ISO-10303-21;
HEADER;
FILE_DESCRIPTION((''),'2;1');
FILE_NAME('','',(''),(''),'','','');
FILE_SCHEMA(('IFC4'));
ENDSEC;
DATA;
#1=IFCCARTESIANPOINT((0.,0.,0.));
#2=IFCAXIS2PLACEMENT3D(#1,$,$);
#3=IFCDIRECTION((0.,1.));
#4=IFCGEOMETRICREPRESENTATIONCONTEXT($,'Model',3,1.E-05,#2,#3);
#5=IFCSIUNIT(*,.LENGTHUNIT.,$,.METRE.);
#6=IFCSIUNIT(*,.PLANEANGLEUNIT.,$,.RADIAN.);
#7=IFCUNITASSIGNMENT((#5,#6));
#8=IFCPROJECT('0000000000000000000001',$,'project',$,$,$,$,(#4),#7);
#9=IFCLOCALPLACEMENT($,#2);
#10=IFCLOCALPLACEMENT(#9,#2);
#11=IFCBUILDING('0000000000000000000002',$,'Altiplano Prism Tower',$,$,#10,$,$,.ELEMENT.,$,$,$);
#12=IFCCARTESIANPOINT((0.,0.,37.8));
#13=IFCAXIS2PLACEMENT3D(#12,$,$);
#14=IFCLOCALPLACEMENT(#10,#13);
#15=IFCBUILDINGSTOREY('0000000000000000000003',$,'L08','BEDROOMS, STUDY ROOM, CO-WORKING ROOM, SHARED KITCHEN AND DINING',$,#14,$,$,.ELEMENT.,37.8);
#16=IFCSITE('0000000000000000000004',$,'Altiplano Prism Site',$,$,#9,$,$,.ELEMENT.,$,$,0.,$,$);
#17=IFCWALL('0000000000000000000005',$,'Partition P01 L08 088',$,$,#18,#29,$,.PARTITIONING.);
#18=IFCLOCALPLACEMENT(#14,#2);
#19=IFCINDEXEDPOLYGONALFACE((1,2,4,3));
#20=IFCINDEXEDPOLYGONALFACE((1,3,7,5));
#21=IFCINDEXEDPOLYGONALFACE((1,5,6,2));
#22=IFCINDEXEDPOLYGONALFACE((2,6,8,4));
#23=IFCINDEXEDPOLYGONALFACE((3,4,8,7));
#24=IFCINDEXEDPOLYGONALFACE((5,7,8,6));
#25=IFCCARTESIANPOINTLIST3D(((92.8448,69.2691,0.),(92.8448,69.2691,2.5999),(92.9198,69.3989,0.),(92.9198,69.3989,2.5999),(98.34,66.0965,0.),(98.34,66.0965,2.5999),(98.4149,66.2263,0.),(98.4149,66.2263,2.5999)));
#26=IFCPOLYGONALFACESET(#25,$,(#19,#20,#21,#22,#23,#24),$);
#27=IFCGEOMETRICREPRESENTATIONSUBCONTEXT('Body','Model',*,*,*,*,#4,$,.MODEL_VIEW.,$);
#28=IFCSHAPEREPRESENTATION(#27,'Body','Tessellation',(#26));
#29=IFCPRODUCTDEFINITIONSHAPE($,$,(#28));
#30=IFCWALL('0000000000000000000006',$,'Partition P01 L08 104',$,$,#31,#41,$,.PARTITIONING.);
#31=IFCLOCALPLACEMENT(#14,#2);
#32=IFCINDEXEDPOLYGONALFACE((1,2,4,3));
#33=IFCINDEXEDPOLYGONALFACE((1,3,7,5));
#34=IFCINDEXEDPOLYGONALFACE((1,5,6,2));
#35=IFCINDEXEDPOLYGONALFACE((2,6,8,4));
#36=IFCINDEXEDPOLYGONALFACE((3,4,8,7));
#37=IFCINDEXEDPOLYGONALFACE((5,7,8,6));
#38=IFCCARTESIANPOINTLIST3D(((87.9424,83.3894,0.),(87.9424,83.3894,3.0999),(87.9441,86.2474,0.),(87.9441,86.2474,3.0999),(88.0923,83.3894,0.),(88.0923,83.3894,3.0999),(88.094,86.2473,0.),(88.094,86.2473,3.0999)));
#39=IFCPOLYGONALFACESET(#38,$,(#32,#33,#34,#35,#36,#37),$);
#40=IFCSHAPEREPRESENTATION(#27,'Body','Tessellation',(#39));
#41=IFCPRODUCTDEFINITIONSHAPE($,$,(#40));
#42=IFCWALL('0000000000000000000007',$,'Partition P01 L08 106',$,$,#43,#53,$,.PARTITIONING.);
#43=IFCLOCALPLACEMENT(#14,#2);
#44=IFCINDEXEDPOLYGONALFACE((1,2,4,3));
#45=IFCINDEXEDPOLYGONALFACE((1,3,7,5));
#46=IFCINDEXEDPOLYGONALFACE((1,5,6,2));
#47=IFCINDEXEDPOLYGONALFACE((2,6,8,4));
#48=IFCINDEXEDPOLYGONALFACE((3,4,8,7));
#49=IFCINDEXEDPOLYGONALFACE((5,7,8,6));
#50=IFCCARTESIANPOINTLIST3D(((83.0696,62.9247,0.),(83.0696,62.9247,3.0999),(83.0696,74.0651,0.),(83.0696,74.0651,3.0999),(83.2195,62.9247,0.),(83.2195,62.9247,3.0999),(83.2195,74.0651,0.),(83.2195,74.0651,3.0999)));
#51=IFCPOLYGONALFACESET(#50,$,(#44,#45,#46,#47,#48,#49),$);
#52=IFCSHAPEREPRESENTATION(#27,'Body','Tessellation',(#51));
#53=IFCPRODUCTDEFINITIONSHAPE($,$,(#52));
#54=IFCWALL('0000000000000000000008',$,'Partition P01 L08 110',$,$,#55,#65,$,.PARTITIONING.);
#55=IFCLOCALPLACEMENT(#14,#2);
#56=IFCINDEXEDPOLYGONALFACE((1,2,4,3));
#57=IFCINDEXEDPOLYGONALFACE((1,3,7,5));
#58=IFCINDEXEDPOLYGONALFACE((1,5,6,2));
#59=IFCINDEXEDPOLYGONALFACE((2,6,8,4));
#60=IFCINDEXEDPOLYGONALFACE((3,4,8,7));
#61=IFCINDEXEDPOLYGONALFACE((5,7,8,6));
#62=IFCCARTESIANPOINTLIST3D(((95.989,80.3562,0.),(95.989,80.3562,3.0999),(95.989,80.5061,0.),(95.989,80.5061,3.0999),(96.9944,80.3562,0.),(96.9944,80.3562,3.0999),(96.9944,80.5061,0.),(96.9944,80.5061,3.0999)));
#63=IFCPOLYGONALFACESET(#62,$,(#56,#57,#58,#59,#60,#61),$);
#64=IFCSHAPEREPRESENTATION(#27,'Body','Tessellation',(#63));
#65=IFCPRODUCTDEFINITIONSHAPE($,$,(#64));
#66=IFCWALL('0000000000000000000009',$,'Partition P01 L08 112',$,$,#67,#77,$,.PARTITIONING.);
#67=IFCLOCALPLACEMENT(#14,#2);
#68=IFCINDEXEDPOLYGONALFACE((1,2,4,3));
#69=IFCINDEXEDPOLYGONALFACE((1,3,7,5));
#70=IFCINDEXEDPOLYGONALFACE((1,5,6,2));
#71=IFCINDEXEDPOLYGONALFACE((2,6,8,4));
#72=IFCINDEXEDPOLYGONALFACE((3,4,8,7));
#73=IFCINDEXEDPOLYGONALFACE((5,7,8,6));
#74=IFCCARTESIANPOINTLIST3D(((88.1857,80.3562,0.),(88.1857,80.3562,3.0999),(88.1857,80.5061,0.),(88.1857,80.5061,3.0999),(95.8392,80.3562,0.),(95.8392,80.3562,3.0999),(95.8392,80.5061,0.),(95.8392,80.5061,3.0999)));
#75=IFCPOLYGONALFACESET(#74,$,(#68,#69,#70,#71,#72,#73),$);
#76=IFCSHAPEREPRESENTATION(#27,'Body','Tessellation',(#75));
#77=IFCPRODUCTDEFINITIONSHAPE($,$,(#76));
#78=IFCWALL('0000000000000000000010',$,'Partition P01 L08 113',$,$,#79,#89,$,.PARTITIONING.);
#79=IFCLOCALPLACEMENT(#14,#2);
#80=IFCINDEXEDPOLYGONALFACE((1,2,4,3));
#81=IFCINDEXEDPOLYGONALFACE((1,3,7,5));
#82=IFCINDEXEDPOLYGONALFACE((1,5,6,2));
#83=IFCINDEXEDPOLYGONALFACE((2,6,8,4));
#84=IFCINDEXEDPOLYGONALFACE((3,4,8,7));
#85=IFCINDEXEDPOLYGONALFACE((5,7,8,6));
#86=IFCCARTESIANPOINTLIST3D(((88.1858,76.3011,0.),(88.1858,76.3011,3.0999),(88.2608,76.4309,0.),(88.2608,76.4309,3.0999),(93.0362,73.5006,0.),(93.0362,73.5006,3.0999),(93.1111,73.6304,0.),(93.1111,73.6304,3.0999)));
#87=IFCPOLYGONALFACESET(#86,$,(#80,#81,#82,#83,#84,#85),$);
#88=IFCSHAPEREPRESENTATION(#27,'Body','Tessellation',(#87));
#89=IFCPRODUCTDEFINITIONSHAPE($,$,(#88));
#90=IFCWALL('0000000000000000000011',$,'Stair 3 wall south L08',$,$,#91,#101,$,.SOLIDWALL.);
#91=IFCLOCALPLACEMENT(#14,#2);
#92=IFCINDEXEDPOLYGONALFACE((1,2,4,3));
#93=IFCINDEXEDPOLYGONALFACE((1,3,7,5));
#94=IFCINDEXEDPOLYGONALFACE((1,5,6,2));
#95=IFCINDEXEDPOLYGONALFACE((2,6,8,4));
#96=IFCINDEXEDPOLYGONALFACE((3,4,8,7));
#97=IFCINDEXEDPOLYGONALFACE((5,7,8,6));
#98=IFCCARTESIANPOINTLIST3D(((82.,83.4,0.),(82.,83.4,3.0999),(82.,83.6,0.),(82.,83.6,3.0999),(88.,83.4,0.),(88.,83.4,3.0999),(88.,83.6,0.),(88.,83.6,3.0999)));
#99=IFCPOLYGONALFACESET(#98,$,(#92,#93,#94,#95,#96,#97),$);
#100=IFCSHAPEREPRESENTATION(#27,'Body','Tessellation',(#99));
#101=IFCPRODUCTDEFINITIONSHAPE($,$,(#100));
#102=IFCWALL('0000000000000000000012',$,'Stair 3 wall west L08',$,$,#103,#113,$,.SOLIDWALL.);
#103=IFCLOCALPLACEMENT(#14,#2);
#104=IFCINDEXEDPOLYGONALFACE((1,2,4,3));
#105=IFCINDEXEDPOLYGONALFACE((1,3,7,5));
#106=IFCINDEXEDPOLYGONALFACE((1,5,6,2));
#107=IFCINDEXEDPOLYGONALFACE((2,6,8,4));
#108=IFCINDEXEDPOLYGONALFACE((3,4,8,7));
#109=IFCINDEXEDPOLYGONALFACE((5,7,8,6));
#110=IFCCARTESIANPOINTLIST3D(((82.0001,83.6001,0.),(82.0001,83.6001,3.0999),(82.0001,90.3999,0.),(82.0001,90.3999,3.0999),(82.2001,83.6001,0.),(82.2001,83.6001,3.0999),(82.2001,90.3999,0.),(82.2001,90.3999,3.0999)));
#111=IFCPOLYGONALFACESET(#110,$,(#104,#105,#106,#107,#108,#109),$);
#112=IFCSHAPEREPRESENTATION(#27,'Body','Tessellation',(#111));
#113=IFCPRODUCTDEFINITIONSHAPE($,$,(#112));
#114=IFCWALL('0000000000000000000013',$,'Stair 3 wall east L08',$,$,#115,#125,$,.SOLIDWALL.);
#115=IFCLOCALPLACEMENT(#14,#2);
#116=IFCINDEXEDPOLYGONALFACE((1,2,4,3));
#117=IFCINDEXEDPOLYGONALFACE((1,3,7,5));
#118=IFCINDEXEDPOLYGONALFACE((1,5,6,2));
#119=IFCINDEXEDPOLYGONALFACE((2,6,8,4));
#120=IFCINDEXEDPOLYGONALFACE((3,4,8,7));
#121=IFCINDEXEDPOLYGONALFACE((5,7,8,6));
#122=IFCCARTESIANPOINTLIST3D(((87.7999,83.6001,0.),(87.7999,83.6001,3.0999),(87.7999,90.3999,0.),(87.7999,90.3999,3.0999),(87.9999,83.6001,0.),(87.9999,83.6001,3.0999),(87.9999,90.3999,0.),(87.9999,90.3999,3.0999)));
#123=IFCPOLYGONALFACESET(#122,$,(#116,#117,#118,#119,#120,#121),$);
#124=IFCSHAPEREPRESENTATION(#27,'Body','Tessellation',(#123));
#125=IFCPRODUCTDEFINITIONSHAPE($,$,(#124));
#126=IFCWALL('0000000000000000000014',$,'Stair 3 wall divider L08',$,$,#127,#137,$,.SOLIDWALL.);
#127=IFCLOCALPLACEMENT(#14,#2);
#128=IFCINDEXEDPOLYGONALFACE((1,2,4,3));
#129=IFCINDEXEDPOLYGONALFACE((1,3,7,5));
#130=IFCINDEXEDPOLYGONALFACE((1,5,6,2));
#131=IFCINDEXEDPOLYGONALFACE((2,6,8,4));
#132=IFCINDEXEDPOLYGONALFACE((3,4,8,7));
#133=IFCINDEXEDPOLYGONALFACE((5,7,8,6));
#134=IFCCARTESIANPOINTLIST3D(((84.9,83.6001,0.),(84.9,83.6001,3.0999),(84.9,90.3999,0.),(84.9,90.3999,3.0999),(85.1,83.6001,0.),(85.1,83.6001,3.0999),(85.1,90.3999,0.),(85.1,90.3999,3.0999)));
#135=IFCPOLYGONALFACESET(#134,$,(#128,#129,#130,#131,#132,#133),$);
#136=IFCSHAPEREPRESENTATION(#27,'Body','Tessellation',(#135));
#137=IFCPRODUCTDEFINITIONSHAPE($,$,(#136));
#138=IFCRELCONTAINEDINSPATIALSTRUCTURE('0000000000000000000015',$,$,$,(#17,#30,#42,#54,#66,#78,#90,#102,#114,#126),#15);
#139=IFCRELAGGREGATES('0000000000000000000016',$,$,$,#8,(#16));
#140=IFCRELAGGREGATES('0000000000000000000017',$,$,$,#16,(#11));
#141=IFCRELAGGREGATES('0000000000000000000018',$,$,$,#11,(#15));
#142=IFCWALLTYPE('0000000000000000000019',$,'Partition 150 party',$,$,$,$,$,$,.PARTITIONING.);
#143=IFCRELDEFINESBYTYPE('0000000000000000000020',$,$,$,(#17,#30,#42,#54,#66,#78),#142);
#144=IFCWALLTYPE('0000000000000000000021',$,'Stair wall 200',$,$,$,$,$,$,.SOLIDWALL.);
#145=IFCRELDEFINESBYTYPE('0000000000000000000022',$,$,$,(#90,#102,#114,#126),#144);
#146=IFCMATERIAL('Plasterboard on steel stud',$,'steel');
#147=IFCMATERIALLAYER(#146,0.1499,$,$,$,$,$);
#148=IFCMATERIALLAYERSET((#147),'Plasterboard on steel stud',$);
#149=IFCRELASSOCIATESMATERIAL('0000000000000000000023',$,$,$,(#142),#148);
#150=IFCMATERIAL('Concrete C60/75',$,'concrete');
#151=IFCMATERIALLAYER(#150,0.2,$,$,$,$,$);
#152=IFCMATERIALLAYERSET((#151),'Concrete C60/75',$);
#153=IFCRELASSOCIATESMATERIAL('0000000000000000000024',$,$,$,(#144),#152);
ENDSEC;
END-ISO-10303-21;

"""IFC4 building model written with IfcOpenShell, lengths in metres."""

from ifc_helpers import new_model, si_unit, direction, frame, frame_2d, origin, place, context, subcontext, project, spatial, rectangle, extrude, material, layer, layer_set, type_object, element, save


model = new_model("IFC4")

# Units and contexts
model_context = context("Model", 3, precision=1e-05, world=origin(), true_north=direction((0.0, 1.0)))
body_context = subcontext(model_context, "Body", "Model", "MODEL_VIEW")
ifc_project = project(units=[si_unit("LENGTHUNIT", "METRE"), si_unit("PLANEANGLEUNIT", "RADIAN")], contexts=[model_context])

# Site, building, storey
site_placement = place(None, origin())
site = spatial("IfcSite", under=ifc_project, at=site_placement, Name="Altiplano Prism Site", CompositionType="ELEMENT", RefElevation=0.0)
building_placement = place(site_placement, origin())
building = spatial("IfcBuilding", under=site, at=building_placement, Name="Altiplano Prism Tower", CompositionType="ELEMENT")
storey_placement = place(building_placement, frame((0.0, 0.0, 37.8)))
storey = spatial("IfcBuildingStorey", under=building, at=storey_placement, Name="L08", Description="BEDROOMS, STUDY ROOM, CO-WORKING ROOM, SHARED KITCHEN AND DINING", CompositionType="ELEMENT", Elevation=37.8)

# Shared definitions
ifc_material_1 = material(Name="Concrete C60/75", Category="concrete")

# Shared definitions
ifc_material_2 = material(Name="Plasterboard on steel stud", Category="steel")

# Walls
ifc_layer_1 = layer(ifc_material_2, 0.1499)
ifc_layer_set_1 = layer_set([ifc_layer_1], Name="Plasterboard on steel stud")
wall_type_1 = type_object("IfcWallType", Name="Partition 150 party", PredefinedType="PARTITIONING", material=ifc_layer_set_1)
wall_1_placement = place(storey_placement, frame((98.3774, 66.1614, 0.0), z_axis=(0.0, 0.0, 1.0), x_axis=(-0.866025, 0.5, 0.0)))
element("IfcWall", 1, at=wall_1_placement, inside=storey, type_object=wall_type_1, Name="Partition P01 L08 088", PredefinedType="PARTITIONING", context=body_context, shape_type="SweptSolid", body=[
    extrude(rectangle(XDim=6.3452, YDim=0.1499, at=frame_2d((3.1726, 0.0))), origin(), (0.0, 0.0, 1.0), 2.5999),
])
wall_2_placement = place(storey_placement, frame((88.0173, 83.3894, 0.0), z_axis=(0.0, 0.0, 1.0), x_axis=(0.000598, 1.0, 0.0)))
element("IfcWall", 2, at=wall_2_placement, inside=storey, type_object=wall_type_1, Name="Partition P01 L08 104", PredefinedType="PARTITIONING", context=body_context, shape_type="SweptSolid", body=[
    extrude(rectangle(XDim=2.8579, YDim=0.1499, at=frame_2d((1.429, 0.0))), origin(), (0.0, 0.0, 1.0), 3.0999),
])
wall_3_placement = place(storey_placement, frame((83.1445, 74.0652, 0.0), z_axis=(0.0, 0.0, 1.0), x_axis=(0.0, -1.0, 0.0)))
element("IfcWall", 3, at=wall_3_placement, inside=storey, type_object=wall_type_1, Name="Partition P01 L08 106", PredefinedType="PARTITIONING", context=body_context, shape_type="SweptSolid", body=[
    extrude(rectangle(XDim=11.1404, YDim=0.1499, at=frame_2d((5.5703, 0.0))), origin(), (0.0, 0.0, 1.0), 3.0999),
])
wall_4_placement = place(storey_placement, frame((95.989, 80.4312, 0.0), z_axis=(0.0, 0.0, 1.0), x_axis=(1.0, 0.0, 0.0)))
element("IfcWall", 4, at=wall_4_placement, inside=storey, type_object=wall_type_1, Name="Partition P01 L08 110", PredefinedType="PARTITIONING", context=body_context, shape_type="SweptSolid", body=[
    extrude(rectangle(XDim=1.0054, YDim=0.1499, at=frame_2d((0.5027, 0.0))), origin(), (0.0, 0.0, 1.0), 3.0999),
])
wall_5_placement = place(storey_placement, frame((95.8391, 80.4312, 0.0), z_axis=(0.0, 0.0, 1.0), x_axis=(-1.0, 0.0, 0.0)))
element("IfcWall", 5, at=wall_5_placement, inside=storey, type_object=wall_type_1, Name="Partition P01 L08 112", PredefinedType="PARTITIONING", context=body_context, shape_type="SweptSolid", body=[
    extrude(rectangle(XDim=7.6536, YDim=0.1499, at=frame_2d((3.8267, 0.0))), origin(), (0.0, 0.0, 1.0), 3.0999),
])
wall_6_placement = place(storey_placement, frame((88.2234, 76.366, 0.0), z_axis=(0.0, 0.0, 1.0), x_axis=(0.866011, -0.500026, 0.0)))
element("IfcWall", 6, at=wall_6_placement, inside=storey, type_object=wall_type_1, Name="Partition P01 L08 113", PredefinedType="PARTITIONING", context=body_context, shape_type="SweptSolid", body=[
    extrude(rectangle(XDim=5.6008, YDim=0.1499, at=frame_2d((2.8003, 0.0))), origin(), (0.0, 0.0, 1.0), 3.0999),
])
ifc_layer_2 = layer(ifc_material_1, 0.2)
ifc_layer_set_2 = layer_set([ifc_layer_2], Name="Concrete C60/75")
wall_type_2 = type_object("IfcWallType", Name="Stair wall 200", PredefinedType="SOLIDWALL", material=ifc_layer_set_2)
wall_7_placement = place(storey_placement, frame((82.0, 83.5, 0.0), z_axis=(0.0, 0.0, 1.0), x_axis=(1.0, 0.0, 0.0)))
element("IfcWall", 7, at=wall_7_placement, inside=storey, type_object=wall_type_2, Name="Stair 3 wall south L08", PredefinedType="SOLIDWALL", context=body_context, shape_type="SweptSolid", body=[
    extrude(rectangle(XDim=6.0, YDim=0.2, at=frame_2d((3.0, 0.0))), origin(), (0.0, 0.0, 1.0), 3.0999),
])
for number, where, z_axis, x_axis, name in (
    (8, (82.1001, 83.6001, 0.0), (0.0, 0.0, 1.0), (0.0, 1.0, 0.0), "Stair 3 wall west L08"),
    (9, (87.8999, 83.6001, 0.0), (0.0, 0.0, 1.0), (0.0, 1.0, 0.0), "Stair 3 wall east L08"),
    (10, (85.0, 83.6001, 0.0), (0.0, 0.0, 1.0), (0.0, 1.0, 0.0), "Stair 3 wall divider L08"),
):
    element("IfcWall", number, at=place(storey_placement, frame(where, z_axis=z_axis, x_axis=x_axis)), inside=storey, type_object=wall_type_2, Name=name, PredefinedType="SOLIDWALL", context=body_context, shape_type="SweptSolid", body=[
        extrude(rectangle(XDim=6.7998, YDim=0.2, at=frame_2d((3.3999, 0.0))), origin(), (0.0, 0.0, 1.0), 3.0999),
    ])

save(model, "model.ifc")
